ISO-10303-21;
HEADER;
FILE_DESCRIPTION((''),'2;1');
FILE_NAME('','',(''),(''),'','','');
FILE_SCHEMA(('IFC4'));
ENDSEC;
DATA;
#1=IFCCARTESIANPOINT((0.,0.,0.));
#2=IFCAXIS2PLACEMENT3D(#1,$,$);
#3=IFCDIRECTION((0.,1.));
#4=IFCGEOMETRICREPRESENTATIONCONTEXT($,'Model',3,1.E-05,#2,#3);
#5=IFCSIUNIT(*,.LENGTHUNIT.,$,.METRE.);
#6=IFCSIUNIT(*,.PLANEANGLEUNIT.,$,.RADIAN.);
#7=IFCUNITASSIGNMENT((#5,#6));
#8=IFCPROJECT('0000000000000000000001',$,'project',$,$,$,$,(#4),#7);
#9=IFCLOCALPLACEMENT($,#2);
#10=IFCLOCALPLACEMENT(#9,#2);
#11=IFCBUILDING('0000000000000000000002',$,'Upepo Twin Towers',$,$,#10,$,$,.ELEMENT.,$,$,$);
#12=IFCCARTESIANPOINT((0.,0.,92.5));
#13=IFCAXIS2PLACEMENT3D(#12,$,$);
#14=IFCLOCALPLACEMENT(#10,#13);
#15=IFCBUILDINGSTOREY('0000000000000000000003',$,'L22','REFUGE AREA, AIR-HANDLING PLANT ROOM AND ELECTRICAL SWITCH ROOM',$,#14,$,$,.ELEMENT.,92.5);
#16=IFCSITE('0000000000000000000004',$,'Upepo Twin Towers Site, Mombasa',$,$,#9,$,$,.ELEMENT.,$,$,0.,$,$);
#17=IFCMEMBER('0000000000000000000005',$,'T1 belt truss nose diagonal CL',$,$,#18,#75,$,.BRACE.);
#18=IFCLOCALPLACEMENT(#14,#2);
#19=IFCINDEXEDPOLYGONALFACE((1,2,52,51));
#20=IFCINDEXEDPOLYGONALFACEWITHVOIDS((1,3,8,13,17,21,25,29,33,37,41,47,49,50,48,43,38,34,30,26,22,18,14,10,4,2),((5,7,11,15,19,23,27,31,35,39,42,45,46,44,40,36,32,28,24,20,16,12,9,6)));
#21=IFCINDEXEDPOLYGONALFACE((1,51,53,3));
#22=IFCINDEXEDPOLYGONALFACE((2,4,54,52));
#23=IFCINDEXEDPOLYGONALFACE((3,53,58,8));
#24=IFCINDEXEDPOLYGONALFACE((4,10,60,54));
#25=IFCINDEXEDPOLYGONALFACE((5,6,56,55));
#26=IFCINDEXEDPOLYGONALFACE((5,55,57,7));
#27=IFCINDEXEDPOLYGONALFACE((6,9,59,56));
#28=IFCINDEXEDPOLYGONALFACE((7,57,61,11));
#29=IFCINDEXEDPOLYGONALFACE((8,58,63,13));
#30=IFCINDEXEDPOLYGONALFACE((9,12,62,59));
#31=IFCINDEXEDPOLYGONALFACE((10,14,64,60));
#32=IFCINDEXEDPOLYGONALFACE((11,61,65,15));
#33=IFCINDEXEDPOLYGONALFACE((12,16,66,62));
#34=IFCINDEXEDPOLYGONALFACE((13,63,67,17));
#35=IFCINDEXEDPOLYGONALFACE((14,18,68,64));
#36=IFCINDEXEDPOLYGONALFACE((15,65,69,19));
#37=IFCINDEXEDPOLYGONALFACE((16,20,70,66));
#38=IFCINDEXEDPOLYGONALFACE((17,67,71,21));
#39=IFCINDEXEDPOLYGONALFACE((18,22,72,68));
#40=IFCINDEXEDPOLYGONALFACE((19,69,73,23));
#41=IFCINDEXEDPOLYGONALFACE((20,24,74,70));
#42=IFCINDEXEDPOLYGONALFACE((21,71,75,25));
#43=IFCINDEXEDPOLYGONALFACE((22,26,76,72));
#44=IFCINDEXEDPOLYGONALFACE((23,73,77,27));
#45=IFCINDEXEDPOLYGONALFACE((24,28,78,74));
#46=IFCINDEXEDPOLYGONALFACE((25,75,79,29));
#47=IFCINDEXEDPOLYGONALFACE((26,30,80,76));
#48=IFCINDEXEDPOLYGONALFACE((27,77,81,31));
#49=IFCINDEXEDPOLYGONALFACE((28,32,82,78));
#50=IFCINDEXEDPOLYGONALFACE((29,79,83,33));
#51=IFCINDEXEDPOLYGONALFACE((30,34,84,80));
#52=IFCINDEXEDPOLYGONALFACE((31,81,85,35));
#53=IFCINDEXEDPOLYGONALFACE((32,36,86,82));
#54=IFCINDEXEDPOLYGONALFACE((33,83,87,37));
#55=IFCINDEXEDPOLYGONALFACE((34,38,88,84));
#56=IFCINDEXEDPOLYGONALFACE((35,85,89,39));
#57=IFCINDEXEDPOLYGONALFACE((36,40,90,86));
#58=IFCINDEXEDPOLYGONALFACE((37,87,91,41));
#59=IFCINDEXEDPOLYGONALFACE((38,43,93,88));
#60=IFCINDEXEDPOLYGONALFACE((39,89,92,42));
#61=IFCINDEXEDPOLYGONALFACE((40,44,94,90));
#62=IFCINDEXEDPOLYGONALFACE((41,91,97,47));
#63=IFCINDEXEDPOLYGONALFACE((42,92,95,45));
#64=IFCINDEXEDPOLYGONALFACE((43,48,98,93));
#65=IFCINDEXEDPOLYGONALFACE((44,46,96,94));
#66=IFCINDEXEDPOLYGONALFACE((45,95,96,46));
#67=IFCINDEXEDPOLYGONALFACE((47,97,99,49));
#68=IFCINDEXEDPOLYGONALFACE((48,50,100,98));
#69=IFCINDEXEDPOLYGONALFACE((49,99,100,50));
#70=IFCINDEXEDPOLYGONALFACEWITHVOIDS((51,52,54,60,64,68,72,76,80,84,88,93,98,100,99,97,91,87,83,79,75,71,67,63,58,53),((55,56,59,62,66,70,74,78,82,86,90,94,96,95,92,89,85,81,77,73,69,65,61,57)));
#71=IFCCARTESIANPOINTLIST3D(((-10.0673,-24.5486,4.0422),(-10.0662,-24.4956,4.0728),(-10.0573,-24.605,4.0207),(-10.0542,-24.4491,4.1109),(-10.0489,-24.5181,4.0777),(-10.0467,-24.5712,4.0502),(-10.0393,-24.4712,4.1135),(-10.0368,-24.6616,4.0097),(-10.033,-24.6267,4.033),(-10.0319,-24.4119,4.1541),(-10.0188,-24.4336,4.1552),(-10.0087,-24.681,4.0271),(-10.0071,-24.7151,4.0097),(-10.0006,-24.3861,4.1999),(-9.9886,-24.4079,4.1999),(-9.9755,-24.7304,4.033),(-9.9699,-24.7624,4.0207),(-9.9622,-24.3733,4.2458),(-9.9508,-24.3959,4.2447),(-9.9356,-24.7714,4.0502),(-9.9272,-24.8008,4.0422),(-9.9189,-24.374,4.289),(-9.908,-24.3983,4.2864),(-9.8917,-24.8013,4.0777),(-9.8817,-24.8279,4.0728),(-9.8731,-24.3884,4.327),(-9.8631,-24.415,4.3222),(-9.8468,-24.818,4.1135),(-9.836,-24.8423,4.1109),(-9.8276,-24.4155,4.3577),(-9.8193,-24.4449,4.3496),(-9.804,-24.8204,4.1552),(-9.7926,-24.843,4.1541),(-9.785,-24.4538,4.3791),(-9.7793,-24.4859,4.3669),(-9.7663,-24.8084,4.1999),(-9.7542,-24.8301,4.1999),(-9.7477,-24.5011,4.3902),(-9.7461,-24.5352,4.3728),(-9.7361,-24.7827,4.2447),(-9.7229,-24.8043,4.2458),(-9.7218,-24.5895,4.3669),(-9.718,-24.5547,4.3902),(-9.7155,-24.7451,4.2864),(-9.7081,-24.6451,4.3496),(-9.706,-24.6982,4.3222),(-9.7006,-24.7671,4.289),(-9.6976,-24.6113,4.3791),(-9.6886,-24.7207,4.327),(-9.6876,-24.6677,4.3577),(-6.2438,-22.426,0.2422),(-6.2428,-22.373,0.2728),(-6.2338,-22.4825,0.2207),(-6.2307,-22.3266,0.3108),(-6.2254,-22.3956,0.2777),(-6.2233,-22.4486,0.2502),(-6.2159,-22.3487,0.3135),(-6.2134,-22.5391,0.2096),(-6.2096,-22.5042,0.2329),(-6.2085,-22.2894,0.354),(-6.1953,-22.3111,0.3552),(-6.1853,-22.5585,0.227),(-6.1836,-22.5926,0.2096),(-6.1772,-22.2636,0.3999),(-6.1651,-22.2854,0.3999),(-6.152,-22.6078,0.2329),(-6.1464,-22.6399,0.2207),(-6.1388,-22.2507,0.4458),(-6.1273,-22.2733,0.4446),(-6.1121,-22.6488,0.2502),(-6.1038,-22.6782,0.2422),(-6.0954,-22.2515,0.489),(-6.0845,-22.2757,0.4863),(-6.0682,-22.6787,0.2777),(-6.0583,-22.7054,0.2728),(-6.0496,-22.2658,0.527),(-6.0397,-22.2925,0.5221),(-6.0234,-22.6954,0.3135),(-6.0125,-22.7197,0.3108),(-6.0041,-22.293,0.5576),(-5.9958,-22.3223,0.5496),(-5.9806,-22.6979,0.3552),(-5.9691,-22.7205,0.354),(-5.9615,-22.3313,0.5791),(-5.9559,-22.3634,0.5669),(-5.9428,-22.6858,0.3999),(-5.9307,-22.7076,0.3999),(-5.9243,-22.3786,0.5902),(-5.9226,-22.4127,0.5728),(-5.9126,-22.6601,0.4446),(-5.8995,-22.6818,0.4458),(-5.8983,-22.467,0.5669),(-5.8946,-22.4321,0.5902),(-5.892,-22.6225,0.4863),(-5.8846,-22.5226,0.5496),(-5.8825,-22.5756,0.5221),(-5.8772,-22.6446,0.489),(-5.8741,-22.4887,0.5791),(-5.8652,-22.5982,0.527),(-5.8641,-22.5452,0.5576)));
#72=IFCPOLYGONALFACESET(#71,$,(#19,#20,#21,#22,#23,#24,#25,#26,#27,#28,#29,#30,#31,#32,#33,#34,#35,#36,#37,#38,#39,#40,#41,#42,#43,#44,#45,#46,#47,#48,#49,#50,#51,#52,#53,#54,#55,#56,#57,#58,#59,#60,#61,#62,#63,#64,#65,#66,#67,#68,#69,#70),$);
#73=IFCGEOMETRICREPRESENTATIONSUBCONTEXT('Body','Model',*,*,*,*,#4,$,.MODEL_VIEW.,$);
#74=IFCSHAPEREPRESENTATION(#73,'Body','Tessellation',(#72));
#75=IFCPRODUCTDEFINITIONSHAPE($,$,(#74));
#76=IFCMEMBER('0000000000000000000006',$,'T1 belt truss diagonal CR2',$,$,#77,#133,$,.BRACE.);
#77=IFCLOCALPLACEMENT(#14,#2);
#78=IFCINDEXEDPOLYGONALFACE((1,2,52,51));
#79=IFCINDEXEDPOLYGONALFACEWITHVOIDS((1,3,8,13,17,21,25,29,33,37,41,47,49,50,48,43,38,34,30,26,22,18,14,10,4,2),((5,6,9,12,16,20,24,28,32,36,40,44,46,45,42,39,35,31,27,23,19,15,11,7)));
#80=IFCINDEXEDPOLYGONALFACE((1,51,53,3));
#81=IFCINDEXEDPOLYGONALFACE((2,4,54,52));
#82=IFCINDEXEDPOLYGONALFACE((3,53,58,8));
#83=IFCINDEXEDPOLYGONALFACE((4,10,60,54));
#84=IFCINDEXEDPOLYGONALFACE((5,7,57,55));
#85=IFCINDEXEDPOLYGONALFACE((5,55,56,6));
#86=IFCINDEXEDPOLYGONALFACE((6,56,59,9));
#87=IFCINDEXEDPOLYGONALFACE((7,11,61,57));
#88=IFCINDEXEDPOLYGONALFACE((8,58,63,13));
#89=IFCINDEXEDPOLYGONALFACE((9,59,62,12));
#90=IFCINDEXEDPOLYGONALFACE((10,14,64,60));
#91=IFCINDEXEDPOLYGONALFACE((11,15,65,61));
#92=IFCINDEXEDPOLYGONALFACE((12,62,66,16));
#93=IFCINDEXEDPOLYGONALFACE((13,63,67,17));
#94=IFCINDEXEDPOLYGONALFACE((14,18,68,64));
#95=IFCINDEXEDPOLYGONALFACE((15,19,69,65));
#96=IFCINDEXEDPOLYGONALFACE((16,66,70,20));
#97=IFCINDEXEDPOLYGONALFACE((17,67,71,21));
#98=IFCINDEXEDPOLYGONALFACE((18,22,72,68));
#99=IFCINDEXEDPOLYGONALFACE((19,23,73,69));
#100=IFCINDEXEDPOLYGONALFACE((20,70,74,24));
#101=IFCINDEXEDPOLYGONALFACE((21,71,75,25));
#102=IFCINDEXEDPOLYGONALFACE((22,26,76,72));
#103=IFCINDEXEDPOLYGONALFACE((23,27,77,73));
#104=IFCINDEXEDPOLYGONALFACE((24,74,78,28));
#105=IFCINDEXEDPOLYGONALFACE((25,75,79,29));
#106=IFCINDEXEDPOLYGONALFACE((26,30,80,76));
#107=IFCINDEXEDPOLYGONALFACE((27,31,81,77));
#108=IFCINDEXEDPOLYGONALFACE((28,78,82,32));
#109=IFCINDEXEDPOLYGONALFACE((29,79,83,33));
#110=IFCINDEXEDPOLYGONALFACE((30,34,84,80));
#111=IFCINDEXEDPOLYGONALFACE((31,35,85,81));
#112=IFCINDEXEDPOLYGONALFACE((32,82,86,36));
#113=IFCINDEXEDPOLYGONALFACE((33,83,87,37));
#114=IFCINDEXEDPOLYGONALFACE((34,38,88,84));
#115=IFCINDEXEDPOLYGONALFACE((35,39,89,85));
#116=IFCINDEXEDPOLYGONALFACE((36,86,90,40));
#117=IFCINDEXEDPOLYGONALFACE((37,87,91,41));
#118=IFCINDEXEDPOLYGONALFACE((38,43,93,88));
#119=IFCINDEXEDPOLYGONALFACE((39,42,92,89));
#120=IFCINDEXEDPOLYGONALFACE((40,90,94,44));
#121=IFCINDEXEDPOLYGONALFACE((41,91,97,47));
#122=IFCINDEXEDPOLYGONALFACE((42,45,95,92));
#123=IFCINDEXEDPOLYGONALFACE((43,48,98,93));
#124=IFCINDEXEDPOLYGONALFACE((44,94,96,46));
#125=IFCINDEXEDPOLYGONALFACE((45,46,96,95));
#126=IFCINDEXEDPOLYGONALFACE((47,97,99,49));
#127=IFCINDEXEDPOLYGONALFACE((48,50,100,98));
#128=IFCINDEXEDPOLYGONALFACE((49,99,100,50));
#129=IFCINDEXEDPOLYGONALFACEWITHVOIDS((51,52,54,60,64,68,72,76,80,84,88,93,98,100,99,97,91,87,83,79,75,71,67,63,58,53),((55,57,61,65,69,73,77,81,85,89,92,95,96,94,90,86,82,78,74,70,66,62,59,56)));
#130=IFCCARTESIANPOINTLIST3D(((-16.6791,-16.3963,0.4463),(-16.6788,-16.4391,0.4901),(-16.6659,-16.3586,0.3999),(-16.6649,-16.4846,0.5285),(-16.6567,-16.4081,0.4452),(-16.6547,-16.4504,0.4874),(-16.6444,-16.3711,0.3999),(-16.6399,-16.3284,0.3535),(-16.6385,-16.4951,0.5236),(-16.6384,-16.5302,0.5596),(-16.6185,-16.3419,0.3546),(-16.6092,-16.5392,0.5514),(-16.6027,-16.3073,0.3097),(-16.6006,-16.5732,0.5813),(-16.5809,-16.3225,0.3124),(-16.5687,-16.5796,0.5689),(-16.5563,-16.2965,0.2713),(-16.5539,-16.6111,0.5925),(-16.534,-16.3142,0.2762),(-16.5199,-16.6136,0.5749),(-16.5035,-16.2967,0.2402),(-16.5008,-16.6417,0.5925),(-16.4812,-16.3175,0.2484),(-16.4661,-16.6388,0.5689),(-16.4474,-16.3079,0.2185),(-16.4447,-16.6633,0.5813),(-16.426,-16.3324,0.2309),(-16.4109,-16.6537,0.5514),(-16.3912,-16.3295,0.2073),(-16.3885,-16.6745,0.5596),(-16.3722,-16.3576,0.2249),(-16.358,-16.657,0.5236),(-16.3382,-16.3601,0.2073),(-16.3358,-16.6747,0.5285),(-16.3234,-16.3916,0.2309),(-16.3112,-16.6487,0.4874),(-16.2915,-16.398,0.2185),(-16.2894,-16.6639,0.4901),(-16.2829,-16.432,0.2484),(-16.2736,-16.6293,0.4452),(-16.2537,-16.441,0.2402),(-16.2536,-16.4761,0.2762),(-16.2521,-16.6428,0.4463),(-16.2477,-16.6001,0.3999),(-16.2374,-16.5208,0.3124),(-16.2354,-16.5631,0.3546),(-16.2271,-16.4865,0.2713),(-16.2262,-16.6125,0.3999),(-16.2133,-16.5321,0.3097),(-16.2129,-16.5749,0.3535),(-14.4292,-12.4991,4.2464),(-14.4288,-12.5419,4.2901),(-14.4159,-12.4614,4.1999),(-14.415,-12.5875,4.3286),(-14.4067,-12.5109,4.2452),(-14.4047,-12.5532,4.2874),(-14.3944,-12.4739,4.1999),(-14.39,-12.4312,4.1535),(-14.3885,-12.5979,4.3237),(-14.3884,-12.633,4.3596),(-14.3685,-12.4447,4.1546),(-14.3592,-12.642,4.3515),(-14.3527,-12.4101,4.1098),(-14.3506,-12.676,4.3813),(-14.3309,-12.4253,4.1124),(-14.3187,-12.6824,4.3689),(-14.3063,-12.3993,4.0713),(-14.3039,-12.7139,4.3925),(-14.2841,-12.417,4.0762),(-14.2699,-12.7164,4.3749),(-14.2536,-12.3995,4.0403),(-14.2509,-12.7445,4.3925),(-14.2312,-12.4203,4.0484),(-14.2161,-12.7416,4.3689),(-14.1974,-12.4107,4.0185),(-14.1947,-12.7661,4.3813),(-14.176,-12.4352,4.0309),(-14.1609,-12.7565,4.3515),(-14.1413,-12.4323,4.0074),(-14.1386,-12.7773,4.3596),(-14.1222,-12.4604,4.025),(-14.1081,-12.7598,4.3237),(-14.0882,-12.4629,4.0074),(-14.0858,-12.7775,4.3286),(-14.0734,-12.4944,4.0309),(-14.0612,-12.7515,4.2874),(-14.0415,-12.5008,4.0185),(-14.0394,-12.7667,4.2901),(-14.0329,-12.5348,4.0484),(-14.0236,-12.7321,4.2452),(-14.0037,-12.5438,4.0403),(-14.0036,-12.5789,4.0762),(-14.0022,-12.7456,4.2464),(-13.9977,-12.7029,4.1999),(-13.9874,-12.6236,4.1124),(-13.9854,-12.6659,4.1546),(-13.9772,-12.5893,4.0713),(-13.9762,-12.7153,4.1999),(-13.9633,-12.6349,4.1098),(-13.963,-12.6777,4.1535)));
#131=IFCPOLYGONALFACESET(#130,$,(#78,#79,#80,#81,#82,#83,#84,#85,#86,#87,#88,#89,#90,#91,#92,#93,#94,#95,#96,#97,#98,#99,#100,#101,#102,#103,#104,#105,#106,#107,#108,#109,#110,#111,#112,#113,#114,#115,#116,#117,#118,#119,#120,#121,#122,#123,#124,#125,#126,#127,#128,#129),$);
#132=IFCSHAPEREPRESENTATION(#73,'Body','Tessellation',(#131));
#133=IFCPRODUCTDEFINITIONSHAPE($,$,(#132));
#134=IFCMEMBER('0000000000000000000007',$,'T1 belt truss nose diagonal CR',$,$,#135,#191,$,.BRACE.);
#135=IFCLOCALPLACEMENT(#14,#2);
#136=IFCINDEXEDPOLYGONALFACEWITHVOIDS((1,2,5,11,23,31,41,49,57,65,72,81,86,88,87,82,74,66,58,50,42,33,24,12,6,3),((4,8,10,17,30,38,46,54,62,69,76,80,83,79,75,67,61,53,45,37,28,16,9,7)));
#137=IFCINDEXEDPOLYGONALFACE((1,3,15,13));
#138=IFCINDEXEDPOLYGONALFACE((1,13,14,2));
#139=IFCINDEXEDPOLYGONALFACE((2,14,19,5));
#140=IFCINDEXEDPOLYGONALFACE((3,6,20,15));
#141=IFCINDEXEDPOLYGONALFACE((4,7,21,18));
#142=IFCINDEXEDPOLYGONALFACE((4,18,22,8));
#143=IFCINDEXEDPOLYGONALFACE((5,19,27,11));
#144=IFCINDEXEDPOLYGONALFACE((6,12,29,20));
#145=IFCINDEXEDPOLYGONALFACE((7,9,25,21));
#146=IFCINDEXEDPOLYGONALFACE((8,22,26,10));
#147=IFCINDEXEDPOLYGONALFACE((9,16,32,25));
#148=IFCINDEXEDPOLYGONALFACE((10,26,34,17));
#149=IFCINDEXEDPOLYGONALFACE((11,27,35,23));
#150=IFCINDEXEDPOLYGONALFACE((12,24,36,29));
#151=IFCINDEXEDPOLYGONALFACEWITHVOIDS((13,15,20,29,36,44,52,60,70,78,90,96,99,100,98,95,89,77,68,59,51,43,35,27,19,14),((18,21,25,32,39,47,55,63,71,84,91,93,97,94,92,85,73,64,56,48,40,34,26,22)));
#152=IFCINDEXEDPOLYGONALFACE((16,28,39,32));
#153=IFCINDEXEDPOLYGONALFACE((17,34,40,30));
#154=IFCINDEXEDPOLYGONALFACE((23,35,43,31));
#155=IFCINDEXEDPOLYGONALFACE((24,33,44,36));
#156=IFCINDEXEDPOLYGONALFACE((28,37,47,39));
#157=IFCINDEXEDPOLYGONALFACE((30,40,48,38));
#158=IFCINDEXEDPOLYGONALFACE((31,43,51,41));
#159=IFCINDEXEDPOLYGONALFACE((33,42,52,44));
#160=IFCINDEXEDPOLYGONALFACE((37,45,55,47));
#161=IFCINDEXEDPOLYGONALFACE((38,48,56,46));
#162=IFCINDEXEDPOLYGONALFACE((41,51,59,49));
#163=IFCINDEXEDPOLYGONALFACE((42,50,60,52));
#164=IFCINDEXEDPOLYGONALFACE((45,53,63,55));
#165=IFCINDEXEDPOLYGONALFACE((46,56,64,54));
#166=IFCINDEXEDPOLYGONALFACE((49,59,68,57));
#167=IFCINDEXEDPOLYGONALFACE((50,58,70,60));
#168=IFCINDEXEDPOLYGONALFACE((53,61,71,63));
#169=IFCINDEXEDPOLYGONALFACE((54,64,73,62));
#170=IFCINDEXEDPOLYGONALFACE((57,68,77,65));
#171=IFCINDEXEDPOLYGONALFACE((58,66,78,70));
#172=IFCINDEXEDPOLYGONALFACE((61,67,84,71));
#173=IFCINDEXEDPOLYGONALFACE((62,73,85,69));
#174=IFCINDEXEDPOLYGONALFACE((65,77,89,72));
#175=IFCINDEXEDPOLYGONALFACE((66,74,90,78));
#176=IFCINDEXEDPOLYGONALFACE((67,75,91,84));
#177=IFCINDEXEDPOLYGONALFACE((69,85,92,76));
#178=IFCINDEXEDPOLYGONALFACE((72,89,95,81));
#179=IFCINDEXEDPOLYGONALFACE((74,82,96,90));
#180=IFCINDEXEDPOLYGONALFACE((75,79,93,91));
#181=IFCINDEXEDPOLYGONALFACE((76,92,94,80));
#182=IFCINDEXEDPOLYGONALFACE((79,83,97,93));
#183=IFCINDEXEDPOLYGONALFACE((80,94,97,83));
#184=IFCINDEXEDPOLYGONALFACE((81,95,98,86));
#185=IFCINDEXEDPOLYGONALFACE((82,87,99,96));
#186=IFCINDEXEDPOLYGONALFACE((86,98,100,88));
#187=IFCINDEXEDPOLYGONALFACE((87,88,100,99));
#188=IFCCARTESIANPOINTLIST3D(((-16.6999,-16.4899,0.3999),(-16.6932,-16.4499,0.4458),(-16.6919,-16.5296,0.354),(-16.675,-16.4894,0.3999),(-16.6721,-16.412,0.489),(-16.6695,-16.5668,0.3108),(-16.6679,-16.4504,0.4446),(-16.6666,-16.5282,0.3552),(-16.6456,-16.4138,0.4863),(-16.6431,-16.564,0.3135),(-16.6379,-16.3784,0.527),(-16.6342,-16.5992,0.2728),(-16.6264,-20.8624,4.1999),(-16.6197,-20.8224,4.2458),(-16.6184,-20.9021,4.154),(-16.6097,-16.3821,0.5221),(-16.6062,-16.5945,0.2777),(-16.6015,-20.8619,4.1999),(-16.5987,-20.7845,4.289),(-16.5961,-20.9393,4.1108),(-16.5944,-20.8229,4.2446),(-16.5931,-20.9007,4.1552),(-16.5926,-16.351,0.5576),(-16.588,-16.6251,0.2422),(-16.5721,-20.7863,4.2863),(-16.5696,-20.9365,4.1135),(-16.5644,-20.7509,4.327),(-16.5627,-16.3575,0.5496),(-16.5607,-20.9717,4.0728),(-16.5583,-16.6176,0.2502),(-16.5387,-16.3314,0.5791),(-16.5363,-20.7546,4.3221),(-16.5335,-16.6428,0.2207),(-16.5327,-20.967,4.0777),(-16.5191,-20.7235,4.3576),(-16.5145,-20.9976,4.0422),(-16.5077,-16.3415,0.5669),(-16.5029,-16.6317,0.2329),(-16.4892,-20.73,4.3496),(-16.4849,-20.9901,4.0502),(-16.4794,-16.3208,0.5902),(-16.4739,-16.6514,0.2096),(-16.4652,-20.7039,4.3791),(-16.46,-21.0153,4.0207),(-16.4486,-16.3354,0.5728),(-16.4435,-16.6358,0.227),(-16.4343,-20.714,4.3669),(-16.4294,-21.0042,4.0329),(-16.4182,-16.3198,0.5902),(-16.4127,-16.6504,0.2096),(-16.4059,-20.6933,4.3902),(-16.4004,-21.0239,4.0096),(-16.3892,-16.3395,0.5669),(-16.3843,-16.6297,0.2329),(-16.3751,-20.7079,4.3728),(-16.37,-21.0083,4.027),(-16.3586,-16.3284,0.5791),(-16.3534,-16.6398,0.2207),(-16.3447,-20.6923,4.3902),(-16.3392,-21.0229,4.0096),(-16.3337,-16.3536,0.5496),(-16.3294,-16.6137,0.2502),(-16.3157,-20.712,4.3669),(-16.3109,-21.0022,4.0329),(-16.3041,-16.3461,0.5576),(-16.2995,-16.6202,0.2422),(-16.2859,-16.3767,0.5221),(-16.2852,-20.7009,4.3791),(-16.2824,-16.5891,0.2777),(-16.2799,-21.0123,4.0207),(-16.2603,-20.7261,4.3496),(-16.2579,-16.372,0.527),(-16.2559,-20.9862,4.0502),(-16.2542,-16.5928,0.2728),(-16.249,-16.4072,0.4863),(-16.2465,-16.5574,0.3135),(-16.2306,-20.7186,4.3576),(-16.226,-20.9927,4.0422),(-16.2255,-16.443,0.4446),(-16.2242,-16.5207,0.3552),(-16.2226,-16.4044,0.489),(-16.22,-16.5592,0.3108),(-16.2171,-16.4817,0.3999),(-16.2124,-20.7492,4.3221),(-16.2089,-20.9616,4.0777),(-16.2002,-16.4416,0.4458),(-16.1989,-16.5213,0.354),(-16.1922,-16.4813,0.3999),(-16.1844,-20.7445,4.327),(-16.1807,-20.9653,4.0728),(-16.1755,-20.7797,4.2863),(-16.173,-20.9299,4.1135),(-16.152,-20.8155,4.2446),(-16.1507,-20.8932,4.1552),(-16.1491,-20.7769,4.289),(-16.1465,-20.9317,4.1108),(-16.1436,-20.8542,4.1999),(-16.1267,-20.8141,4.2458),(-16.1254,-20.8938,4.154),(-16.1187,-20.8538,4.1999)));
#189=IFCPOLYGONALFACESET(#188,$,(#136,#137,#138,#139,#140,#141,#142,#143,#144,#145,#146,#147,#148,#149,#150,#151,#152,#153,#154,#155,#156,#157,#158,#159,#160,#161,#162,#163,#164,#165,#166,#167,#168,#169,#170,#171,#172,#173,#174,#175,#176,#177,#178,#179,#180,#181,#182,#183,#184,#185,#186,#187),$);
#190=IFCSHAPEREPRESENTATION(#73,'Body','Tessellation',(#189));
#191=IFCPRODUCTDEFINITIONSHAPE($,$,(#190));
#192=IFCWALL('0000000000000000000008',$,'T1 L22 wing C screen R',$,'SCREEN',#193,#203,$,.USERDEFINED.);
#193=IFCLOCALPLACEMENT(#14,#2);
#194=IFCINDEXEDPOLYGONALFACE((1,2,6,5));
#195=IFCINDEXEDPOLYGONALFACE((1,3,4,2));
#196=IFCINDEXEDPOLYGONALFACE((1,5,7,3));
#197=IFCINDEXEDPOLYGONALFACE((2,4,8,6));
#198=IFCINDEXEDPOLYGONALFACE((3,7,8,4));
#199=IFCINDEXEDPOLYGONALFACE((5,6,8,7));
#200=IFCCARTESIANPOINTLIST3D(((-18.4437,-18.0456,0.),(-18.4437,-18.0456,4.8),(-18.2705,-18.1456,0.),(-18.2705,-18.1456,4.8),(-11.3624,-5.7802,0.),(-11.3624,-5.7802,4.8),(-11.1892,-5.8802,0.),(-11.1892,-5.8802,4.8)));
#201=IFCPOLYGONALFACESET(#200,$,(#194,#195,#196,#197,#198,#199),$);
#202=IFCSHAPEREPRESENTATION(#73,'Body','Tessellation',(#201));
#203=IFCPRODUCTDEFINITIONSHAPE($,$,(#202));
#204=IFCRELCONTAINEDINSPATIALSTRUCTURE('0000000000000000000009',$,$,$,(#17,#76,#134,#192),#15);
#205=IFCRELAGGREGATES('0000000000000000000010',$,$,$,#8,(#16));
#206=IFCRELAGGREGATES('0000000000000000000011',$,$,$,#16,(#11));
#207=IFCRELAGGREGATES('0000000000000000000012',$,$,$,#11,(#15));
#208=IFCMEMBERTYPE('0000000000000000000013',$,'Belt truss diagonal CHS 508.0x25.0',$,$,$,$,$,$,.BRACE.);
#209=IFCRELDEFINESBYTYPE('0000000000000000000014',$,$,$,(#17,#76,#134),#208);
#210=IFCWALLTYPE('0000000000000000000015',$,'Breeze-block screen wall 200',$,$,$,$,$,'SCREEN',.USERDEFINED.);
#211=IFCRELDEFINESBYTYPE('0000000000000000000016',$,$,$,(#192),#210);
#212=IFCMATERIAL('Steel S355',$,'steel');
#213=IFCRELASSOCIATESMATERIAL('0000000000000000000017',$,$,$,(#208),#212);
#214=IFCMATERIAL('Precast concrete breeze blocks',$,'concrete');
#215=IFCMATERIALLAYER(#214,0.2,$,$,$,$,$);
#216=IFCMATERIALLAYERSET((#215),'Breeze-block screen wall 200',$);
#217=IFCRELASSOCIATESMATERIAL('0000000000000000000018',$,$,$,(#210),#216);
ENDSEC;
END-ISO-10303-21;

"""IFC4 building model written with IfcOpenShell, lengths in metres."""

from ifc_helpers import new_model, si_unit, direction, frame, frame_2d, origin, origin_2d, place, context, subcontext, project, spatial, rectangle, hollow_circle, extrude, material, layer, layer_set, material_profile, profile_set, type_object, element, save


model = new_model("IFC4")

# Units and contexts
model_context = context("Model", 3, precision=1e-05, world=origin(), true_north=direction((0.0, 1.0)))
body_context = subcontext(model_context, "Body", "Model", "MODEL_VIEW")
ifc_project = project(units=[si_unit("LENGTHUNIT", "METRE"), si_unit("PLANEANGLEUNIT", "RADIAN")], contexts=[model_context])

# Site, building, storey
site_placement = place(None, origin())
site = spatial("IfcSite", under=ifc_project, at=site_placement, Name="Upepo Twin Towers Site, Mombasa", CompositionType="ELEMENT", RefElevation=0.0)
building_placement = place(site_placement, origin())
building = spatial("IfcBuilding", under=site, at=building_placement, Name="Upepo Twin Towers", CompositionType="ELEMENT")
storey_placement = place(building_placement, frame((0.0, 0.0, 92.5)))
storey = spatial("IfcBuildingStorey", under=building, at=storey_placement, Name="L22", Description="REFUGE AREA, AIR-HANDLING PLANT ROOM AND ELECTRICAL SWITCH ROOM", CompositionType="ELEMENT", Elevation=92.5)

# Members
ifc_material_1 = material(Name="Steel S355", Category="steel")
ifc_material_profile_1 = material_profile(ifc_material_1, hollow_circle(Radius=0.2539, WallThickness=0.0249, at=origin_2d()), Name="CHS 508.0x25.0")
ifc_profile_set_1 = profile_set([ifc_material_profile_1], Name="Steel S355")
member_type = type_object("IfcMemberType", Name="Belt truss diagonal CHS 508.0x25.0", PredefinedType="BRACE", material=ifc_profile_set_1)
member_1_placement = place(storey_placement, frame((-6.054, -22.4856, 0.3999), z_axis=(-0.659961, -0.366369, 0.655916), x_axis=(0.485363, -0.874313, 0.0)))
element("IfcMember", 1, at=member_1_placement, inside=storey, type_object=member_type, Name="T1 belt truss nose diagonal CL", PredefinedType="BRACE", context=body_context, shape_type="SweptSolid", body=[
    extrude(hollow_circle(Radius=0.2539, WallThickness=0.0249, at=origin_2d()), origin(), (0.0, 0.0, 1.0), 5.7935),
])
member_2_placement = place(storey_placement, frame((-16.446, -16.4856, 0.3999), z_axis=(0.382009, 0.661676, 0.645178), x_axis=(-0.866031, 0.49999, 0.0)))
element("IfcMember", 2, at=member_2_placement, inside=storey, type_object=member_type, Name="T1 belt truss diagonal CR2", PredefinedType="BRACE", context=body_context, shape_type="SweptSolid", body=[
    extrude(hollow_circle(Radius=0.2539, WallThickness=0.0249, at=origin_2d()), origin(), (0.0, 0.0, 1.0), 5.8899),
])
member_3_placement = place(storey_placement, frame((-16.446, -16.4856, 0.3999), z_axis=(0.012684, -0.754731, 0.655912), x_axis=(0.999859, 0.016804, 0.0)))
element("IfcMember", 3, at=member_3_placement, inside=storey, type_object=member_type, Name="T1 belt truss nose diagonal CR", PredefinedType="BRACE", context=body_context, shape_type="SweptSolid", body=[
    extrude(hollow_circle(Radius=0.2539, WallThickness=0.0249, at=origin_2d()), origin(), (0.0, 0.0, 1.0), 5.7935),
])

# Wall
ifc_material_2 = material(Name="Precast concrete breeze blocks", Category="concrete")
ifc_layer_1 = layer(ifc_material_2, 0.2)
ifc_layer_set_1 = layer_set([ifc_layer_1], Name="Breeze-block screen wall 200")
wall_type_1 = type_object("IfcWallType", Name="Breeze-block screen wall 200", ElementType="SCREEN", PredefinedType="USERDEFINED", material=ifc_layer_set_1)
wall_1_placement = place(storey_placement, frame((-18.3572, -18.0957, 0.0), z_axis=(0.0, 0.0, 1.0), x_axis=(0.499994, 0.866029, 0.0)))
element("IfcWall", 4, at=wall_1_placement, inside=storey, type_object=wall_type_1, Name="T1 L22 wing C screen R", ObjectType="SCREEN", PredefinedType="USERDEFINED", context=body_context, shape_type="SweptSolid", body=[
    extrude(rectangle(XDim=14.1628, YDim=0.2, at=frame_2d((7.0815, 0.0))), origin(), (0.0, 0.0, 1.0), 4.8),
])

save(model, "model.ifc")
